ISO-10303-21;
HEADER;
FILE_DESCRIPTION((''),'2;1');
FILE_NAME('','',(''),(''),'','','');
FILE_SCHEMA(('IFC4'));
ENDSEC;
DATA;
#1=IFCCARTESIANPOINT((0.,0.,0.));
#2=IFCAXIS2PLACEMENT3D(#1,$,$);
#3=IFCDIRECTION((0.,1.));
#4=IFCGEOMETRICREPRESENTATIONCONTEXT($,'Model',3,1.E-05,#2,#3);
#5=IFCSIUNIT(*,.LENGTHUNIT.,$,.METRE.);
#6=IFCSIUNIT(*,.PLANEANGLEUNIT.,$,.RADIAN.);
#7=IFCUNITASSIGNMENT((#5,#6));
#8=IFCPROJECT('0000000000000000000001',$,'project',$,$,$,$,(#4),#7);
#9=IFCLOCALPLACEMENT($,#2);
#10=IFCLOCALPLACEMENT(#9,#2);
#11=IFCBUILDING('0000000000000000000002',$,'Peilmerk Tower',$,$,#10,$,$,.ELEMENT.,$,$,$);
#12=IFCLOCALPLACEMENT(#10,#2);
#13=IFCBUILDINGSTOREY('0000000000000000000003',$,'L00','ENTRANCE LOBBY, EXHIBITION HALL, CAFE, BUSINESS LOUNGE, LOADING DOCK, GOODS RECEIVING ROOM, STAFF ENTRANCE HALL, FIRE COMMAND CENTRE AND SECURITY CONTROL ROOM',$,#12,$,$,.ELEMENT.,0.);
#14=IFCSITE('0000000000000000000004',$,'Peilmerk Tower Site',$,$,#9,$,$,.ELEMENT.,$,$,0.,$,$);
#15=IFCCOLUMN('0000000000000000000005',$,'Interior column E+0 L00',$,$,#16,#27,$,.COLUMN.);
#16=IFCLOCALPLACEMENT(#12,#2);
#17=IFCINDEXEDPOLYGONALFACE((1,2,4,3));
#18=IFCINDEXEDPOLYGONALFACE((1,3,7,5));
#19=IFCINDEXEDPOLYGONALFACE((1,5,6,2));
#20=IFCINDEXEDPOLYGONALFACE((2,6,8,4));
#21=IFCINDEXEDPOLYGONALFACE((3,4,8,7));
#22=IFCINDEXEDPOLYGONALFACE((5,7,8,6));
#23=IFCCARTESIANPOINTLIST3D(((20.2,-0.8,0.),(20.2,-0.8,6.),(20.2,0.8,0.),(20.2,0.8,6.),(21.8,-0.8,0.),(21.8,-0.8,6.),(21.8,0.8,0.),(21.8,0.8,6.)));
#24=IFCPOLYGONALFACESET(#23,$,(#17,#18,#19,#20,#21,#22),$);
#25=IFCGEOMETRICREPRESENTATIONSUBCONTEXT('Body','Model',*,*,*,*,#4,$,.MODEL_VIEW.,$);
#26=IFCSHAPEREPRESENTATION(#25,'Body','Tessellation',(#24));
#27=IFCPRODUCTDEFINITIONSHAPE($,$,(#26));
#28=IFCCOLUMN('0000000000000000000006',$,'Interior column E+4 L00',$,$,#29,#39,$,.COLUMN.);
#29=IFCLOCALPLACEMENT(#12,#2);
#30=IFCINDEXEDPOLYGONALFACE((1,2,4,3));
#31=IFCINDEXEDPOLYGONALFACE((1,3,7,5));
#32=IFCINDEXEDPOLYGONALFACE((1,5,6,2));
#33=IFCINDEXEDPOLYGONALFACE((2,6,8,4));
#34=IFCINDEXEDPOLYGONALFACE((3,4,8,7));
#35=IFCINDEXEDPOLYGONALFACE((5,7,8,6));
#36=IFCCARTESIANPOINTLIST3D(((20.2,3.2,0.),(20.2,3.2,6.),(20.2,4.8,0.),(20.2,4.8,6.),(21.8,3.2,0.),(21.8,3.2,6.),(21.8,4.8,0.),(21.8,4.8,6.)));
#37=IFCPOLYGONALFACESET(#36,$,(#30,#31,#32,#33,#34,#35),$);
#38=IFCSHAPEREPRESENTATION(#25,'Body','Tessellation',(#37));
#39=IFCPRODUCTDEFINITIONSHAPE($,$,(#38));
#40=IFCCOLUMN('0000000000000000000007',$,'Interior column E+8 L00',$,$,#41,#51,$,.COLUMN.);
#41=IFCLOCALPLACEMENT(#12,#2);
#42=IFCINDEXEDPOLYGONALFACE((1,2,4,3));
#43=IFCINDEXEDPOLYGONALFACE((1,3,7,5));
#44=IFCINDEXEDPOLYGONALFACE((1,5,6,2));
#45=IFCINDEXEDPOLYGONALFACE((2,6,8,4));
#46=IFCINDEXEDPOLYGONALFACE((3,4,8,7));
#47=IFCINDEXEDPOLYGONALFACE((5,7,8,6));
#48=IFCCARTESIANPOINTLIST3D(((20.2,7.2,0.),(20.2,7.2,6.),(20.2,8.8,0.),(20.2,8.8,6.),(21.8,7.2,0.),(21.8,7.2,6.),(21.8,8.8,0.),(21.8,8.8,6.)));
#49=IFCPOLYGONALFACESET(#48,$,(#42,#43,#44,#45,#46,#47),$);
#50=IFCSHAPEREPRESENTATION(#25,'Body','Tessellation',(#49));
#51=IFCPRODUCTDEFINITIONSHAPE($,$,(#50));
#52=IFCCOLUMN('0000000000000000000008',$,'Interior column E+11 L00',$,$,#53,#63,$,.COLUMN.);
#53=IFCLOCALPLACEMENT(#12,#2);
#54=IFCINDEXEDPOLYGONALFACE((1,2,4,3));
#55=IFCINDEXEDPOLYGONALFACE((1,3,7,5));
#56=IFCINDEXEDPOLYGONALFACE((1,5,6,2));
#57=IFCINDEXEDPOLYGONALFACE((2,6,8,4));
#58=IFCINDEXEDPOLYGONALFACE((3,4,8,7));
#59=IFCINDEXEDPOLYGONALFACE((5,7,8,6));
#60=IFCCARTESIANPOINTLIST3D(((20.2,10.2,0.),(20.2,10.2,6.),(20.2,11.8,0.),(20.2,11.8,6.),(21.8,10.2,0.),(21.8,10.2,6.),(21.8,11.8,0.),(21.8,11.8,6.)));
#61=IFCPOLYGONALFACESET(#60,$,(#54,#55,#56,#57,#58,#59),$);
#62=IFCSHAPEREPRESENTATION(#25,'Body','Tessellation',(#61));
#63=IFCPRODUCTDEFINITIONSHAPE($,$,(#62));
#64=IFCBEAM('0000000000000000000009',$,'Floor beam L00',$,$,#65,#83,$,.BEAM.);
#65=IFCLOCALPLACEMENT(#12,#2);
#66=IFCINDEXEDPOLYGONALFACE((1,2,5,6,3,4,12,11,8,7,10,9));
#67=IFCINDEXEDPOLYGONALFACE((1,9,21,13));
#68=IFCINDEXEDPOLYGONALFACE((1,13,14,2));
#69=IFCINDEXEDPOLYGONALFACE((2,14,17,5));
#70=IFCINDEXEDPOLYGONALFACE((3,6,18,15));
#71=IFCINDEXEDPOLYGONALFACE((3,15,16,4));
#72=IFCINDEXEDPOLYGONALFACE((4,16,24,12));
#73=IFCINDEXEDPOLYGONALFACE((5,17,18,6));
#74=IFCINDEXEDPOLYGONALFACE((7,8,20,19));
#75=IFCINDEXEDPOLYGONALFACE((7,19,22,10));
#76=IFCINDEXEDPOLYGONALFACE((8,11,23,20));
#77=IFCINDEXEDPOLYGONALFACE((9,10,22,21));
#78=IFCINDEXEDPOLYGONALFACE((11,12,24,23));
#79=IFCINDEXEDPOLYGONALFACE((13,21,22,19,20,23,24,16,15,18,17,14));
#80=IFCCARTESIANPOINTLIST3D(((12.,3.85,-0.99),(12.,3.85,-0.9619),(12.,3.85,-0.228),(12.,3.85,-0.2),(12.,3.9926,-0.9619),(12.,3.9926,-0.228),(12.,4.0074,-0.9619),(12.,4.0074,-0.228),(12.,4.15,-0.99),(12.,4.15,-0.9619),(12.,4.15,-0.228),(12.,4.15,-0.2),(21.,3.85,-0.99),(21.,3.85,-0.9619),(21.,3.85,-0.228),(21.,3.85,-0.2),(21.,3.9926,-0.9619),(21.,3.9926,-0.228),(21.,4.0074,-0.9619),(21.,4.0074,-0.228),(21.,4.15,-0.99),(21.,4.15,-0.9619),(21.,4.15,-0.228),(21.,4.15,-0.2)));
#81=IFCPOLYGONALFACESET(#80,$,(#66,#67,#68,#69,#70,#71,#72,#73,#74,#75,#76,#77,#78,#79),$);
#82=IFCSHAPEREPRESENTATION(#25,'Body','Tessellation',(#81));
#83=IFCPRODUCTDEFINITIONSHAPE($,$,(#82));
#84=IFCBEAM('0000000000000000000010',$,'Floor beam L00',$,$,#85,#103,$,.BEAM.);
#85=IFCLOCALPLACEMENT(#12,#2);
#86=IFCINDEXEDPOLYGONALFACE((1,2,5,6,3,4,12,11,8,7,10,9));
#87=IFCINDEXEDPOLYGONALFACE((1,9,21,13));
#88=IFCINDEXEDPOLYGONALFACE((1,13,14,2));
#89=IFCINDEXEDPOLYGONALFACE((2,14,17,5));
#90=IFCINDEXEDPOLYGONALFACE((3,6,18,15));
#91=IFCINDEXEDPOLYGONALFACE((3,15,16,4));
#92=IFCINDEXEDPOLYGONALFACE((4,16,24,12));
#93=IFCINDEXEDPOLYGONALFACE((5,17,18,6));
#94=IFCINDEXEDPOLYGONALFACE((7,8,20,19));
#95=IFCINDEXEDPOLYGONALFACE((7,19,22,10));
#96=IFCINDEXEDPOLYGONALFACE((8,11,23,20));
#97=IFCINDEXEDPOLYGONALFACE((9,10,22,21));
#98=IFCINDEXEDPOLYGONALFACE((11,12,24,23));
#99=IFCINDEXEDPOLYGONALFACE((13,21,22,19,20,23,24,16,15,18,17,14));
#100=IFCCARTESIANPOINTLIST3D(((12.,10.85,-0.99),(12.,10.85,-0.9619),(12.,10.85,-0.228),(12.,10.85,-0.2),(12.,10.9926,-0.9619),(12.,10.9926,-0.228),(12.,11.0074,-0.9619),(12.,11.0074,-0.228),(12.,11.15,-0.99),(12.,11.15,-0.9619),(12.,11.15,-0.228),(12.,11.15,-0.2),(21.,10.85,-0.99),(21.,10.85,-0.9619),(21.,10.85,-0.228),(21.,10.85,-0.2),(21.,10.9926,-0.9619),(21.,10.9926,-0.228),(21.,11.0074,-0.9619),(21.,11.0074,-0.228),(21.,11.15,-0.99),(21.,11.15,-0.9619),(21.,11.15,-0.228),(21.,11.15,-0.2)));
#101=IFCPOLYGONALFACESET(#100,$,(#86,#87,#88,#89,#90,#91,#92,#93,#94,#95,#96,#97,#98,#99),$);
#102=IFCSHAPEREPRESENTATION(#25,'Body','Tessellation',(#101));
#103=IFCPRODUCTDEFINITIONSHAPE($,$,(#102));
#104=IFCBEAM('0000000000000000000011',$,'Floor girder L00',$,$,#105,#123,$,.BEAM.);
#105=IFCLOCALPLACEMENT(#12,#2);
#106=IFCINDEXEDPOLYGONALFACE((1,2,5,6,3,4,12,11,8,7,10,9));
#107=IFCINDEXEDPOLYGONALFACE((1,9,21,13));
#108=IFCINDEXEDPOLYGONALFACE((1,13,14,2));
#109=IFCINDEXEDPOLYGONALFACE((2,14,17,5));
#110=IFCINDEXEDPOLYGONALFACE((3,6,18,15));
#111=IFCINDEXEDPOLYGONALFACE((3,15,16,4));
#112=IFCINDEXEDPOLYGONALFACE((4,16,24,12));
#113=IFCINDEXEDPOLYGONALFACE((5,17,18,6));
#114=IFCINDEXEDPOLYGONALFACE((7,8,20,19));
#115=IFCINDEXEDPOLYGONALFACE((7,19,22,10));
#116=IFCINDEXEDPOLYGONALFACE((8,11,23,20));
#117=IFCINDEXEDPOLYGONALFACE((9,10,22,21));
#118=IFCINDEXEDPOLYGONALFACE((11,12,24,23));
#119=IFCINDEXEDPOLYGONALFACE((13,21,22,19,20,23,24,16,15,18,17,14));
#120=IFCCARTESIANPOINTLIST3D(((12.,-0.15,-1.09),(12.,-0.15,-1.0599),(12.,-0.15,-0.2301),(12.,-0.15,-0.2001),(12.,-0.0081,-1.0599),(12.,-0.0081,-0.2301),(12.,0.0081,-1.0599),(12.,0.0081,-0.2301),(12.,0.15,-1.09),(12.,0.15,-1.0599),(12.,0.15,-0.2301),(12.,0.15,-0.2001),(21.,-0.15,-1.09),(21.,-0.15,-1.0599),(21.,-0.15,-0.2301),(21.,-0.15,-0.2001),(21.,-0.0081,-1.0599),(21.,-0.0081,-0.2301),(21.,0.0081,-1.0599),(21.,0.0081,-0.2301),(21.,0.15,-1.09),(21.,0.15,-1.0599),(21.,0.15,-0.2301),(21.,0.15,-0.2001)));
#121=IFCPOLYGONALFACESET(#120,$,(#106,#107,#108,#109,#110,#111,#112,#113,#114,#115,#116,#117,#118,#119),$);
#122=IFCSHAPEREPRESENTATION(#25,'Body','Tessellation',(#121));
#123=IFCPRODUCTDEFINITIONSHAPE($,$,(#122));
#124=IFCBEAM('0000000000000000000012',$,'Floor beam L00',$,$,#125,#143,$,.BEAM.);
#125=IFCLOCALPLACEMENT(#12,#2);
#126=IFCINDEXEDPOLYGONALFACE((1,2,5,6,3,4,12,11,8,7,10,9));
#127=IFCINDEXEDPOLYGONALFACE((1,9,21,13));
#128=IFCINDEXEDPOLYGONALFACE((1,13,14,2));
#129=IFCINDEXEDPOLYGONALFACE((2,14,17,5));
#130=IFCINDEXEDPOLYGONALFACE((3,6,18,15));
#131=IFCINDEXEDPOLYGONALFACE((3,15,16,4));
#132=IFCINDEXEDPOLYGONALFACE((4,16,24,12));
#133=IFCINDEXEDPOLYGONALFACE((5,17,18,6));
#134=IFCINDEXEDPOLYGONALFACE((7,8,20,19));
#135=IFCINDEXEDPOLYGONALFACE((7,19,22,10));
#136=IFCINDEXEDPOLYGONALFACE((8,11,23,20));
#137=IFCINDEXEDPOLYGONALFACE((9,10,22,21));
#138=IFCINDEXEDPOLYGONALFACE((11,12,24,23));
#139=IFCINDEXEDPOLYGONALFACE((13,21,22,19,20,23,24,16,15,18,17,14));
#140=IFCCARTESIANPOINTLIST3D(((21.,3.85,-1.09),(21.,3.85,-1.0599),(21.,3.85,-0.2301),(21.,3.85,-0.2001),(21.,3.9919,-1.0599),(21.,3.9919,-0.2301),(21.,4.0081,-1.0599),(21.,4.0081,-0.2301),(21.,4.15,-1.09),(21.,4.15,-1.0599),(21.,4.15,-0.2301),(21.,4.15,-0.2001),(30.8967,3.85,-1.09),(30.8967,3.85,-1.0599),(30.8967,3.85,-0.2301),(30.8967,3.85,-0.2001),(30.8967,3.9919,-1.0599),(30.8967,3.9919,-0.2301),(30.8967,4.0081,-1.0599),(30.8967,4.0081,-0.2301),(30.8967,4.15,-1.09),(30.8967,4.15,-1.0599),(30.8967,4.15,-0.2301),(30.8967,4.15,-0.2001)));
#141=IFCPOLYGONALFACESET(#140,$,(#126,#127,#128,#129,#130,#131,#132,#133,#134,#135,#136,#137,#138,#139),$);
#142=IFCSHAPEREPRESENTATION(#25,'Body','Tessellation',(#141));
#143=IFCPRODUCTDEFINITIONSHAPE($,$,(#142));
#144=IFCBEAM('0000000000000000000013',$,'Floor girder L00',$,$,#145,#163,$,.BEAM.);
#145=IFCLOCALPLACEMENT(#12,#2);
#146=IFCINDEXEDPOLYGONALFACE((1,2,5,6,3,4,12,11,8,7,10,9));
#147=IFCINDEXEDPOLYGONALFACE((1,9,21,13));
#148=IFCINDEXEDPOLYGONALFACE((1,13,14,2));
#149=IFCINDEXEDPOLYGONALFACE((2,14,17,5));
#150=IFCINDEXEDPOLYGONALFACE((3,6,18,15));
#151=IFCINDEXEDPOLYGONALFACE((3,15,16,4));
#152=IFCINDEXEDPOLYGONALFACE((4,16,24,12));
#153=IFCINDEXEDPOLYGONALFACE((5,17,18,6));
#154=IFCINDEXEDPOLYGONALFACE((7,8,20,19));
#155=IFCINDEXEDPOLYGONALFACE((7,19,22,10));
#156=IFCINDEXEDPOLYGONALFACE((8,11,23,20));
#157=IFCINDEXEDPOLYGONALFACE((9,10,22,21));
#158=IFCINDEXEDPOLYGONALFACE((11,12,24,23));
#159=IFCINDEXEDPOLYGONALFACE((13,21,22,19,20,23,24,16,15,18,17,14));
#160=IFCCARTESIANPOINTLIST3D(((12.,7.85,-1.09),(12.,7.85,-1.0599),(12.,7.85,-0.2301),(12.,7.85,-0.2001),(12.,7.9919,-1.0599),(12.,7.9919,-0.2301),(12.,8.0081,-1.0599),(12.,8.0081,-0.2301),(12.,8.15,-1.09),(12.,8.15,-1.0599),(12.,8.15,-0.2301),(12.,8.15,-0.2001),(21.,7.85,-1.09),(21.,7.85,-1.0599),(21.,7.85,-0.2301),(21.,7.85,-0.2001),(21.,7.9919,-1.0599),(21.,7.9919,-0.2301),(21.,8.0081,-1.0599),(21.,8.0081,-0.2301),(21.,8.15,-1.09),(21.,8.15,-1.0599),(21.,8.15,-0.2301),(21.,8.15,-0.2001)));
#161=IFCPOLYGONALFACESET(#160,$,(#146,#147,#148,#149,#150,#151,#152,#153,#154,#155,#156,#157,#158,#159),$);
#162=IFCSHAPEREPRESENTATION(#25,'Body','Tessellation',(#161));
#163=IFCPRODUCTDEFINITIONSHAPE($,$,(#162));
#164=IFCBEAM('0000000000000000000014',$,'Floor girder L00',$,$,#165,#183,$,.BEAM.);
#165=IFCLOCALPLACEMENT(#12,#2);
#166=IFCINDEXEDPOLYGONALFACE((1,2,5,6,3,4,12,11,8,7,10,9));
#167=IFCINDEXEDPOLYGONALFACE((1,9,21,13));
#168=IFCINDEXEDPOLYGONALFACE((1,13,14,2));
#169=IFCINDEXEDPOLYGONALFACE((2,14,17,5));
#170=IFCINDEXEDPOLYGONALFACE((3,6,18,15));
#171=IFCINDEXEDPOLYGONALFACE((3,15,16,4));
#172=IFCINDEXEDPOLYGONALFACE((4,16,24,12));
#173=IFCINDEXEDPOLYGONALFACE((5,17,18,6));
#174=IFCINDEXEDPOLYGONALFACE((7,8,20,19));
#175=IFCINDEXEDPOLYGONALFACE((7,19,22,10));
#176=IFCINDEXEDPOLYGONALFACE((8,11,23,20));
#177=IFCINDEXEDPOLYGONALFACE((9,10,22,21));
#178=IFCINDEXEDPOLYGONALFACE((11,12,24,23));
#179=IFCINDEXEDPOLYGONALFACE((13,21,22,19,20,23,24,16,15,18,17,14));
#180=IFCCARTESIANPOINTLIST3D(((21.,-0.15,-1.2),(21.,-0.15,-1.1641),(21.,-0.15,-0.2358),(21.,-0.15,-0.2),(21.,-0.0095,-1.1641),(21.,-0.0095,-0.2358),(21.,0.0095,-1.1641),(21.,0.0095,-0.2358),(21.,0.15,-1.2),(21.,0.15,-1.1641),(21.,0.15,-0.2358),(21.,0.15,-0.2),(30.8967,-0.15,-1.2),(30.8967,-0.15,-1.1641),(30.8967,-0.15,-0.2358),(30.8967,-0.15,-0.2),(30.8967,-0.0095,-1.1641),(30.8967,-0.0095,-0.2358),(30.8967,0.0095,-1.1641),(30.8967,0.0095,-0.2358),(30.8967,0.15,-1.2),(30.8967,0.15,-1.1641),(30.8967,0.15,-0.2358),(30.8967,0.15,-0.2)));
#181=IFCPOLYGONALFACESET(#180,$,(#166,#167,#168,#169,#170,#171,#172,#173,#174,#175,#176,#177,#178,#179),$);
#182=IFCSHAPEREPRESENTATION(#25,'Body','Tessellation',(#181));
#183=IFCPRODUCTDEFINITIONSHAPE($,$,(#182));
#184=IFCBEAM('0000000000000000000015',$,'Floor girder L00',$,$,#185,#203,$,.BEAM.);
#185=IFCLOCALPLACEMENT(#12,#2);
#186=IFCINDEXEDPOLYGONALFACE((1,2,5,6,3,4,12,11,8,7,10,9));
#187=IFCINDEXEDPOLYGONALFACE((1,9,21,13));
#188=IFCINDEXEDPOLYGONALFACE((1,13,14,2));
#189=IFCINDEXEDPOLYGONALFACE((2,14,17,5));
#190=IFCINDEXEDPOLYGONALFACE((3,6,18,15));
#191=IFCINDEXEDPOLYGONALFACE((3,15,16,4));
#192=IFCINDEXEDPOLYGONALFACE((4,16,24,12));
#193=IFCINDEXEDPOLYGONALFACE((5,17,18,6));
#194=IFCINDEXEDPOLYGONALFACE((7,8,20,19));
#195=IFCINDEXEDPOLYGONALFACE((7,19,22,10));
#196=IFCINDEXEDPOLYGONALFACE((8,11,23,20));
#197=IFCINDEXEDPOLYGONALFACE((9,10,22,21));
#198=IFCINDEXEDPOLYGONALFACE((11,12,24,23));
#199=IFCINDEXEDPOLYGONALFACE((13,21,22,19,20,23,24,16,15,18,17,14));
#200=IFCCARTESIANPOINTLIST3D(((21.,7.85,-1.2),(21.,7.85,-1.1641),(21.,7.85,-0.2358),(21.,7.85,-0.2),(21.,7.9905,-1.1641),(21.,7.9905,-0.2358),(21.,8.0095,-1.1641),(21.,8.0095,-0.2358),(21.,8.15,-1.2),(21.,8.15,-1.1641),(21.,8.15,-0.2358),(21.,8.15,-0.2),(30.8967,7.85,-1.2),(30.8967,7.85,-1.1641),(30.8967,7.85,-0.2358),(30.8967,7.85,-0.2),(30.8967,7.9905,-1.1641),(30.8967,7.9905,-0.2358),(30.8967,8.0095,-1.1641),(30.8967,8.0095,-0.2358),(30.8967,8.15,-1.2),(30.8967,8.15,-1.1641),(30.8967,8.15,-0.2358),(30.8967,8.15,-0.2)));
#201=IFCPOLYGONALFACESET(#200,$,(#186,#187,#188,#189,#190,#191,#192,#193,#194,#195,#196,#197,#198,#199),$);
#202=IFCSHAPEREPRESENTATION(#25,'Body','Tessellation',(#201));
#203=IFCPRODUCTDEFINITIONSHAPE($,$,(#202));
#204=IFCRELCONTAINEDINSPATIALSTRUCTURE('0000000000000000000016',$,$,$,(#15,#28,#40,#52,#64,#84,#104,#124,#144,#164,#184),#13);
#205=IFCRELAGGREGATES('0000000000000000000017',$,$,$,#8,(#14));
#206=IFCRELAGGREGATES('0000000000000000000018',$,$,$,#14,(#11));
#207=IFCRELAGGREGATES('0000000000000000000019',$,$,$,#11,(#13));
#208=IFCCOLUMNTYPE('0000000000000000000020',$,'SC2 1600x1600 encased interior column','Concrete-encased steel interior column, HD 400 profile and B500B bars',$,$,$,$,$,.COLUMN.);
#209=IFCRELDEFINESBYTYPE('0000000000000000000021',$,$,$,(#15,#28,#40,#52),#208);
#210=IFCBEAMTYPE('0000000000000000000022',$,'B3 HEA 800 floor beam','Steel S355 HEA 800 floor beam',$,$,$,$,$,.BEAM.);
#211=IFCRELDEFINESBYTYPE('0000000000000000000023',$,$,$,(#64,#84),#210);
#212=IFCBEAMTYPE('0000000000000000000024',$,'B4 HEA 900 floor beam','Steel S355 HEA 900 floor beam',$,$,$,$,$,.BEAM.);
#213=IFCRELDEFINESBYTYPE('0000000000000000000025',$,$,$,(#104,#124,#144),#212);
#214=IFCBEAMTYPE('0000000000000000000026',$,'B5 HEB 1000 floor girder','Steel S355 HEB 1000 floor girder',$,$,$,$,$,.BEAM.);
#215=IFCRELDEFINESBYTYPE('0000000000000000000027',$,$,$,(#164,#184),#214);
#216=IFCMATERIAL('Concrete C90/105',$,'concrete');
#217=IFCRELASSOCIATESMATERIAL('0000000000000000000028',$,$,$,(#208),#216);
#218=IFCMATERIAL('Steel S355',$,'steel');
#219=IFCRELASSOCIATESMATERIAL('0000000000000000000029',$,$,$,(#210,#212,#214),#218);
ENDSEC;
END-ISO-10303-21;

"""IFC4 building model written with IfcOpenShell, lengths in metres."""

from ifc_helpers import new_model, si_unit, direction, frame, origin, origin_2d, place, context, subcontext, project, spatial, rectangle, i_section, extrude, material, material_profile, profile_set, type_object, element, save


model = new_model("IFC4")

# Units and contexts
model_context = context("Model", 3, precision=1e-05, world=origin(), true_north=direction((0.0, 1.0)))
body_context = subcontext(model_context, "Body", "Model", "MODEL_VIEW")
ifc_project = project(units=[si_unit("LENGTHUNIT", "METRE"), si_unit("PLANEANGLEUNIT", "RADIAN")], contexts=[model_context])

# Site, building, storey
site_placement = place(None, origin())
site = spatial("IfcSite", under=ifc_project, at=site_placement, Name="Peilmerk Tower Site", CompositionType="ELEMENT", RefElevation=0.0)
building_placement = place(site_placement, origin())
building = spatial("IfcBuilding", under=site, at=building_placement, Name="Peilmerk Tower", CompositionType="ELEMENT")
storey_placement = place(building_placement, origin())
storey = spatial("IfcBuildingStorey", under=building, at=storey_placement, Name="L00", Description="ENTRANCE LOBBY, EXHIBITION HALL, CAFE, BUSINESS LOUNGE, LOADING DOCK, GOODS RECEIVING ROOM, STAFF ENTRANCE HALL, FIRE COMMAND CENTRE AND SECURITY CONTROL ROOM", CompositionType="ELEMENT", Elevation=0.0)

# Columns
ifc_material_1 = material(Name="Concrete C90/105", Category="concrete")
ifc_material_profile_1 = material_profile(ifc_material_1, rectangle(XDim=1.6001, YDim=1.6001, at=origin_2d()), Name="RC 1600x1600")
ifc_profile_set_1 = profile_set([ifc_material_profile_1], Name="Concrete C90/105")
column_type = type_object("IfcColumnType", Name="SC2 1600x1600 encased interior column", Description="Concrete-encased steel interior column, HD 400 profile and B500B bars", PredefinedType="COLUMN", material=ifc_profile_set_1)
for number, where, z_axis, x_axis, name in (
    (1, (21.0, 0.0, 0.0), (0.0, 0.0, 1.0), (1.0, 0.0, 0.0), "Interior column E+0 L00"),
    (2, (21.0, 4.0, 0.0), (0.0, 0.0, 1.0), (1.0, 0.0, 0.0), "Interior column E+4 L00"),
    (3, (21.0, 8.0, 0.0), (0.0, 0.0, 1.0), (1.0, 0.0, 0.0), "Interior column E+8 L00"),
    (4, (21.0, 11.0, 0.0), (0.0, 0.0, 1.0), (1.0, 0.0, 0.0), "Interior column E+11 L00"),
):
    element("IfcColumn", number, at=place(storey_placement, frame(where, z_axis=z_axis, x_axis=x_axis)), inside=storey, type_object=column_type, Name=name, PredefinedType="COLUMN", context=body_context, shape_type="SweptSolid", body=[
        extrude(rectangle(XDim=1.6001, YDim=1.6001, at=origin_2d()), origin(), (0.0, 0.0, 1.0), 6.0),
    ])

# Beams
ifc_material_2 = material(Name="Steel S355", Category="steel")
ifc_material_profile_2 = material_profile(ifc_material_2, i_section(OverallWidth=0.3, OverallDepth=0.79, WebThickness=0.0149, FlangeThickness=0.0281, at=origin_2d()), Name="HEA 800")
ifc_profile_set_2 = profile_set([ifc_material_profile_2], Name="Steel S355")
beam_type_1 = type_object("IfcBeamType", Name="B3 HEA 800 floor beam", Description="Steel S355 HEA 800 floor beam", PredefinedType="BEAM", material=ifc_profile_set_2)
for number, where, z_axis, x_axis, name in (
    (5, (12.0, 4.0, -0.595), (1.0, 0.0, 0.0), (0.0, 1.0, 0.0), "Floor beam L00"),
    (6, (12.0, 11.0, -0.595), (1.0, 0.0, 0.0), (0.0, 1.0, 0.0), "Floor beam L00"),
):
    element("IfcBeam", number, at=place(storey_placement, frame(where, z_axis=z_axis, x_axis=x_axis)), inside=storey, type_object=beam_type_1, Name=name, PredefinedType="BEAM", context=body_context, shape_type="SweptSolid", body=[
        extrude(i_section(OverallWidth=0.3, OverallDepth=0.79, WebThickness=0.0149, FlangeThickness=0.0281, at=origin_2d()), origin(), (0.0, 0.0, 1.0), 9.0),
    ])
ifc_material_profile_3 = material_profile(ifc_material_2, i_section(OverallWidth=0.3, OverallDepth=0.8899, WebThickness=0.0161, FlangeThickness=0.03, at=origin_2d()), Name="HEA 900")
ifc_profile_set_3 = profile_set([ifc_material_profile_3], Name="Steel S355")
beam_type_2 = type_object("IfcBeamType", Name="B4 HEA 900 floor beam", Description="Steel S355 HEA 900 floor beam", PredefinedType="BEAM", material=ifc_profile_set_3)
beam_1_placement = place(storey_placement, frame((12.0, 0.0, -0.645), z_axis=(1.0, 0.0, 0.0), x_axis=(0.0, 1.0, 0.0)))
element("IfcBeam", 7, at=beam_1_placement, inside=storey, type_object=beam_type_2, Name="Floor girder L00", PredefinedType="BEAM", context=body_context, shape_type="SweptSolid", body=[
    extrude(i_section(OverallWidth=0.3, OverallDepth=0.8899, WebThickness=0.0161, FlangeThickness=0.03, at=origin_2d()), origin(), (0.0, 0.0, 1.0), 9.0),
])
beam_2_placement = place(storey_placement, frame((21.0, 4.0, -0.645), z_axis=(1.0, 0.0, 0.0), x_axis=(0.0, 1.0, 0.0)))
element("IfcBeam", 8, at=beam_2_placement, inside=storey, type_object=beam_type_2, Name="Floor beam L00", PredefinedType="BEAM", context=body_context, shape_type="SweptSolid", body=[
    extrude(i_section(OverallWidth=0.3, OverallDepth=0.8899, WebThickness=0.0161, FlangeThickness=0.03, at=origin_2d()), origin(), (0.0, 0.0, 1.0), 9.8967),
])
beam_3_placement = place(storey_placement, frame((12.0, 8.0, -0.645), z_axis=(1.0, 0.0, 0.0), x_axis=(0.0, 1.0, 0.0)))
element("IfcBeam", 9, at=beam_3_placement, inside=storey, type_object=beam_type_2, Name="Floor girder L00", PredefinedType="BEAM", context=body_context, shape_type="SweptSolid", body=[
    extrude(i_section(OverallWidth=0.3, OverallDepth=0.8899, WebThickness=0.0161, FlangeThickness=0.03, at=origin_2d()), origin(), (0.0, 0.0, 1.0), 9.0),
])
ifc_material_profile_4 = material_profile(ifc_material_2, i_section(OverallWidth=0.3, OverallDepth=1.0, WebThickness=0.019, FlangeThickness=0.0359, at=origin_2d()), Name="HEB 1000")
ifc_profile_set_4 = profile_set([ifc_material_profile_4], Name="Steel S355")
beam_type_3 = type_object("IfcBeamType", Name="B5 HEB 1000 floor girder", Description="Steel S355 HEB 1000 floor girder", PredefinedType="BEAM", material=ifc_profile_set_4)
for number, where, z_axis, x_axis, name in (
    (10, (21.0, 0.0, -0.7), (1.0, 0.0, 0.0), (0.0, 1.0, 0.0), "Floor girder L00"),
    (11, (21.0, 8.0, -0.7), (1.0, 0.0, 0.0), (0.0, 1.0, 0.0), "Floor girder L00"),
):
    element("IfcBeam", number, at=place(storey_placement, frame(where, z_axis=z_axis, x_axis=x_axis)), inside=storey, type_object=beam_type_3, Name=name, PredefinedType="BEAM", context=body_context, shape_type="SweptSolid", body=[
        extrude(i_section(OverallWidth=0.3, OverallDepth=1.0, WebThickness=0.019, FlangeThickness=0.0359, at=origin_2d()), origin(), (0.0, 0.0, 1.0), 9.8967),
    ])

save(model, "model.ifc")
